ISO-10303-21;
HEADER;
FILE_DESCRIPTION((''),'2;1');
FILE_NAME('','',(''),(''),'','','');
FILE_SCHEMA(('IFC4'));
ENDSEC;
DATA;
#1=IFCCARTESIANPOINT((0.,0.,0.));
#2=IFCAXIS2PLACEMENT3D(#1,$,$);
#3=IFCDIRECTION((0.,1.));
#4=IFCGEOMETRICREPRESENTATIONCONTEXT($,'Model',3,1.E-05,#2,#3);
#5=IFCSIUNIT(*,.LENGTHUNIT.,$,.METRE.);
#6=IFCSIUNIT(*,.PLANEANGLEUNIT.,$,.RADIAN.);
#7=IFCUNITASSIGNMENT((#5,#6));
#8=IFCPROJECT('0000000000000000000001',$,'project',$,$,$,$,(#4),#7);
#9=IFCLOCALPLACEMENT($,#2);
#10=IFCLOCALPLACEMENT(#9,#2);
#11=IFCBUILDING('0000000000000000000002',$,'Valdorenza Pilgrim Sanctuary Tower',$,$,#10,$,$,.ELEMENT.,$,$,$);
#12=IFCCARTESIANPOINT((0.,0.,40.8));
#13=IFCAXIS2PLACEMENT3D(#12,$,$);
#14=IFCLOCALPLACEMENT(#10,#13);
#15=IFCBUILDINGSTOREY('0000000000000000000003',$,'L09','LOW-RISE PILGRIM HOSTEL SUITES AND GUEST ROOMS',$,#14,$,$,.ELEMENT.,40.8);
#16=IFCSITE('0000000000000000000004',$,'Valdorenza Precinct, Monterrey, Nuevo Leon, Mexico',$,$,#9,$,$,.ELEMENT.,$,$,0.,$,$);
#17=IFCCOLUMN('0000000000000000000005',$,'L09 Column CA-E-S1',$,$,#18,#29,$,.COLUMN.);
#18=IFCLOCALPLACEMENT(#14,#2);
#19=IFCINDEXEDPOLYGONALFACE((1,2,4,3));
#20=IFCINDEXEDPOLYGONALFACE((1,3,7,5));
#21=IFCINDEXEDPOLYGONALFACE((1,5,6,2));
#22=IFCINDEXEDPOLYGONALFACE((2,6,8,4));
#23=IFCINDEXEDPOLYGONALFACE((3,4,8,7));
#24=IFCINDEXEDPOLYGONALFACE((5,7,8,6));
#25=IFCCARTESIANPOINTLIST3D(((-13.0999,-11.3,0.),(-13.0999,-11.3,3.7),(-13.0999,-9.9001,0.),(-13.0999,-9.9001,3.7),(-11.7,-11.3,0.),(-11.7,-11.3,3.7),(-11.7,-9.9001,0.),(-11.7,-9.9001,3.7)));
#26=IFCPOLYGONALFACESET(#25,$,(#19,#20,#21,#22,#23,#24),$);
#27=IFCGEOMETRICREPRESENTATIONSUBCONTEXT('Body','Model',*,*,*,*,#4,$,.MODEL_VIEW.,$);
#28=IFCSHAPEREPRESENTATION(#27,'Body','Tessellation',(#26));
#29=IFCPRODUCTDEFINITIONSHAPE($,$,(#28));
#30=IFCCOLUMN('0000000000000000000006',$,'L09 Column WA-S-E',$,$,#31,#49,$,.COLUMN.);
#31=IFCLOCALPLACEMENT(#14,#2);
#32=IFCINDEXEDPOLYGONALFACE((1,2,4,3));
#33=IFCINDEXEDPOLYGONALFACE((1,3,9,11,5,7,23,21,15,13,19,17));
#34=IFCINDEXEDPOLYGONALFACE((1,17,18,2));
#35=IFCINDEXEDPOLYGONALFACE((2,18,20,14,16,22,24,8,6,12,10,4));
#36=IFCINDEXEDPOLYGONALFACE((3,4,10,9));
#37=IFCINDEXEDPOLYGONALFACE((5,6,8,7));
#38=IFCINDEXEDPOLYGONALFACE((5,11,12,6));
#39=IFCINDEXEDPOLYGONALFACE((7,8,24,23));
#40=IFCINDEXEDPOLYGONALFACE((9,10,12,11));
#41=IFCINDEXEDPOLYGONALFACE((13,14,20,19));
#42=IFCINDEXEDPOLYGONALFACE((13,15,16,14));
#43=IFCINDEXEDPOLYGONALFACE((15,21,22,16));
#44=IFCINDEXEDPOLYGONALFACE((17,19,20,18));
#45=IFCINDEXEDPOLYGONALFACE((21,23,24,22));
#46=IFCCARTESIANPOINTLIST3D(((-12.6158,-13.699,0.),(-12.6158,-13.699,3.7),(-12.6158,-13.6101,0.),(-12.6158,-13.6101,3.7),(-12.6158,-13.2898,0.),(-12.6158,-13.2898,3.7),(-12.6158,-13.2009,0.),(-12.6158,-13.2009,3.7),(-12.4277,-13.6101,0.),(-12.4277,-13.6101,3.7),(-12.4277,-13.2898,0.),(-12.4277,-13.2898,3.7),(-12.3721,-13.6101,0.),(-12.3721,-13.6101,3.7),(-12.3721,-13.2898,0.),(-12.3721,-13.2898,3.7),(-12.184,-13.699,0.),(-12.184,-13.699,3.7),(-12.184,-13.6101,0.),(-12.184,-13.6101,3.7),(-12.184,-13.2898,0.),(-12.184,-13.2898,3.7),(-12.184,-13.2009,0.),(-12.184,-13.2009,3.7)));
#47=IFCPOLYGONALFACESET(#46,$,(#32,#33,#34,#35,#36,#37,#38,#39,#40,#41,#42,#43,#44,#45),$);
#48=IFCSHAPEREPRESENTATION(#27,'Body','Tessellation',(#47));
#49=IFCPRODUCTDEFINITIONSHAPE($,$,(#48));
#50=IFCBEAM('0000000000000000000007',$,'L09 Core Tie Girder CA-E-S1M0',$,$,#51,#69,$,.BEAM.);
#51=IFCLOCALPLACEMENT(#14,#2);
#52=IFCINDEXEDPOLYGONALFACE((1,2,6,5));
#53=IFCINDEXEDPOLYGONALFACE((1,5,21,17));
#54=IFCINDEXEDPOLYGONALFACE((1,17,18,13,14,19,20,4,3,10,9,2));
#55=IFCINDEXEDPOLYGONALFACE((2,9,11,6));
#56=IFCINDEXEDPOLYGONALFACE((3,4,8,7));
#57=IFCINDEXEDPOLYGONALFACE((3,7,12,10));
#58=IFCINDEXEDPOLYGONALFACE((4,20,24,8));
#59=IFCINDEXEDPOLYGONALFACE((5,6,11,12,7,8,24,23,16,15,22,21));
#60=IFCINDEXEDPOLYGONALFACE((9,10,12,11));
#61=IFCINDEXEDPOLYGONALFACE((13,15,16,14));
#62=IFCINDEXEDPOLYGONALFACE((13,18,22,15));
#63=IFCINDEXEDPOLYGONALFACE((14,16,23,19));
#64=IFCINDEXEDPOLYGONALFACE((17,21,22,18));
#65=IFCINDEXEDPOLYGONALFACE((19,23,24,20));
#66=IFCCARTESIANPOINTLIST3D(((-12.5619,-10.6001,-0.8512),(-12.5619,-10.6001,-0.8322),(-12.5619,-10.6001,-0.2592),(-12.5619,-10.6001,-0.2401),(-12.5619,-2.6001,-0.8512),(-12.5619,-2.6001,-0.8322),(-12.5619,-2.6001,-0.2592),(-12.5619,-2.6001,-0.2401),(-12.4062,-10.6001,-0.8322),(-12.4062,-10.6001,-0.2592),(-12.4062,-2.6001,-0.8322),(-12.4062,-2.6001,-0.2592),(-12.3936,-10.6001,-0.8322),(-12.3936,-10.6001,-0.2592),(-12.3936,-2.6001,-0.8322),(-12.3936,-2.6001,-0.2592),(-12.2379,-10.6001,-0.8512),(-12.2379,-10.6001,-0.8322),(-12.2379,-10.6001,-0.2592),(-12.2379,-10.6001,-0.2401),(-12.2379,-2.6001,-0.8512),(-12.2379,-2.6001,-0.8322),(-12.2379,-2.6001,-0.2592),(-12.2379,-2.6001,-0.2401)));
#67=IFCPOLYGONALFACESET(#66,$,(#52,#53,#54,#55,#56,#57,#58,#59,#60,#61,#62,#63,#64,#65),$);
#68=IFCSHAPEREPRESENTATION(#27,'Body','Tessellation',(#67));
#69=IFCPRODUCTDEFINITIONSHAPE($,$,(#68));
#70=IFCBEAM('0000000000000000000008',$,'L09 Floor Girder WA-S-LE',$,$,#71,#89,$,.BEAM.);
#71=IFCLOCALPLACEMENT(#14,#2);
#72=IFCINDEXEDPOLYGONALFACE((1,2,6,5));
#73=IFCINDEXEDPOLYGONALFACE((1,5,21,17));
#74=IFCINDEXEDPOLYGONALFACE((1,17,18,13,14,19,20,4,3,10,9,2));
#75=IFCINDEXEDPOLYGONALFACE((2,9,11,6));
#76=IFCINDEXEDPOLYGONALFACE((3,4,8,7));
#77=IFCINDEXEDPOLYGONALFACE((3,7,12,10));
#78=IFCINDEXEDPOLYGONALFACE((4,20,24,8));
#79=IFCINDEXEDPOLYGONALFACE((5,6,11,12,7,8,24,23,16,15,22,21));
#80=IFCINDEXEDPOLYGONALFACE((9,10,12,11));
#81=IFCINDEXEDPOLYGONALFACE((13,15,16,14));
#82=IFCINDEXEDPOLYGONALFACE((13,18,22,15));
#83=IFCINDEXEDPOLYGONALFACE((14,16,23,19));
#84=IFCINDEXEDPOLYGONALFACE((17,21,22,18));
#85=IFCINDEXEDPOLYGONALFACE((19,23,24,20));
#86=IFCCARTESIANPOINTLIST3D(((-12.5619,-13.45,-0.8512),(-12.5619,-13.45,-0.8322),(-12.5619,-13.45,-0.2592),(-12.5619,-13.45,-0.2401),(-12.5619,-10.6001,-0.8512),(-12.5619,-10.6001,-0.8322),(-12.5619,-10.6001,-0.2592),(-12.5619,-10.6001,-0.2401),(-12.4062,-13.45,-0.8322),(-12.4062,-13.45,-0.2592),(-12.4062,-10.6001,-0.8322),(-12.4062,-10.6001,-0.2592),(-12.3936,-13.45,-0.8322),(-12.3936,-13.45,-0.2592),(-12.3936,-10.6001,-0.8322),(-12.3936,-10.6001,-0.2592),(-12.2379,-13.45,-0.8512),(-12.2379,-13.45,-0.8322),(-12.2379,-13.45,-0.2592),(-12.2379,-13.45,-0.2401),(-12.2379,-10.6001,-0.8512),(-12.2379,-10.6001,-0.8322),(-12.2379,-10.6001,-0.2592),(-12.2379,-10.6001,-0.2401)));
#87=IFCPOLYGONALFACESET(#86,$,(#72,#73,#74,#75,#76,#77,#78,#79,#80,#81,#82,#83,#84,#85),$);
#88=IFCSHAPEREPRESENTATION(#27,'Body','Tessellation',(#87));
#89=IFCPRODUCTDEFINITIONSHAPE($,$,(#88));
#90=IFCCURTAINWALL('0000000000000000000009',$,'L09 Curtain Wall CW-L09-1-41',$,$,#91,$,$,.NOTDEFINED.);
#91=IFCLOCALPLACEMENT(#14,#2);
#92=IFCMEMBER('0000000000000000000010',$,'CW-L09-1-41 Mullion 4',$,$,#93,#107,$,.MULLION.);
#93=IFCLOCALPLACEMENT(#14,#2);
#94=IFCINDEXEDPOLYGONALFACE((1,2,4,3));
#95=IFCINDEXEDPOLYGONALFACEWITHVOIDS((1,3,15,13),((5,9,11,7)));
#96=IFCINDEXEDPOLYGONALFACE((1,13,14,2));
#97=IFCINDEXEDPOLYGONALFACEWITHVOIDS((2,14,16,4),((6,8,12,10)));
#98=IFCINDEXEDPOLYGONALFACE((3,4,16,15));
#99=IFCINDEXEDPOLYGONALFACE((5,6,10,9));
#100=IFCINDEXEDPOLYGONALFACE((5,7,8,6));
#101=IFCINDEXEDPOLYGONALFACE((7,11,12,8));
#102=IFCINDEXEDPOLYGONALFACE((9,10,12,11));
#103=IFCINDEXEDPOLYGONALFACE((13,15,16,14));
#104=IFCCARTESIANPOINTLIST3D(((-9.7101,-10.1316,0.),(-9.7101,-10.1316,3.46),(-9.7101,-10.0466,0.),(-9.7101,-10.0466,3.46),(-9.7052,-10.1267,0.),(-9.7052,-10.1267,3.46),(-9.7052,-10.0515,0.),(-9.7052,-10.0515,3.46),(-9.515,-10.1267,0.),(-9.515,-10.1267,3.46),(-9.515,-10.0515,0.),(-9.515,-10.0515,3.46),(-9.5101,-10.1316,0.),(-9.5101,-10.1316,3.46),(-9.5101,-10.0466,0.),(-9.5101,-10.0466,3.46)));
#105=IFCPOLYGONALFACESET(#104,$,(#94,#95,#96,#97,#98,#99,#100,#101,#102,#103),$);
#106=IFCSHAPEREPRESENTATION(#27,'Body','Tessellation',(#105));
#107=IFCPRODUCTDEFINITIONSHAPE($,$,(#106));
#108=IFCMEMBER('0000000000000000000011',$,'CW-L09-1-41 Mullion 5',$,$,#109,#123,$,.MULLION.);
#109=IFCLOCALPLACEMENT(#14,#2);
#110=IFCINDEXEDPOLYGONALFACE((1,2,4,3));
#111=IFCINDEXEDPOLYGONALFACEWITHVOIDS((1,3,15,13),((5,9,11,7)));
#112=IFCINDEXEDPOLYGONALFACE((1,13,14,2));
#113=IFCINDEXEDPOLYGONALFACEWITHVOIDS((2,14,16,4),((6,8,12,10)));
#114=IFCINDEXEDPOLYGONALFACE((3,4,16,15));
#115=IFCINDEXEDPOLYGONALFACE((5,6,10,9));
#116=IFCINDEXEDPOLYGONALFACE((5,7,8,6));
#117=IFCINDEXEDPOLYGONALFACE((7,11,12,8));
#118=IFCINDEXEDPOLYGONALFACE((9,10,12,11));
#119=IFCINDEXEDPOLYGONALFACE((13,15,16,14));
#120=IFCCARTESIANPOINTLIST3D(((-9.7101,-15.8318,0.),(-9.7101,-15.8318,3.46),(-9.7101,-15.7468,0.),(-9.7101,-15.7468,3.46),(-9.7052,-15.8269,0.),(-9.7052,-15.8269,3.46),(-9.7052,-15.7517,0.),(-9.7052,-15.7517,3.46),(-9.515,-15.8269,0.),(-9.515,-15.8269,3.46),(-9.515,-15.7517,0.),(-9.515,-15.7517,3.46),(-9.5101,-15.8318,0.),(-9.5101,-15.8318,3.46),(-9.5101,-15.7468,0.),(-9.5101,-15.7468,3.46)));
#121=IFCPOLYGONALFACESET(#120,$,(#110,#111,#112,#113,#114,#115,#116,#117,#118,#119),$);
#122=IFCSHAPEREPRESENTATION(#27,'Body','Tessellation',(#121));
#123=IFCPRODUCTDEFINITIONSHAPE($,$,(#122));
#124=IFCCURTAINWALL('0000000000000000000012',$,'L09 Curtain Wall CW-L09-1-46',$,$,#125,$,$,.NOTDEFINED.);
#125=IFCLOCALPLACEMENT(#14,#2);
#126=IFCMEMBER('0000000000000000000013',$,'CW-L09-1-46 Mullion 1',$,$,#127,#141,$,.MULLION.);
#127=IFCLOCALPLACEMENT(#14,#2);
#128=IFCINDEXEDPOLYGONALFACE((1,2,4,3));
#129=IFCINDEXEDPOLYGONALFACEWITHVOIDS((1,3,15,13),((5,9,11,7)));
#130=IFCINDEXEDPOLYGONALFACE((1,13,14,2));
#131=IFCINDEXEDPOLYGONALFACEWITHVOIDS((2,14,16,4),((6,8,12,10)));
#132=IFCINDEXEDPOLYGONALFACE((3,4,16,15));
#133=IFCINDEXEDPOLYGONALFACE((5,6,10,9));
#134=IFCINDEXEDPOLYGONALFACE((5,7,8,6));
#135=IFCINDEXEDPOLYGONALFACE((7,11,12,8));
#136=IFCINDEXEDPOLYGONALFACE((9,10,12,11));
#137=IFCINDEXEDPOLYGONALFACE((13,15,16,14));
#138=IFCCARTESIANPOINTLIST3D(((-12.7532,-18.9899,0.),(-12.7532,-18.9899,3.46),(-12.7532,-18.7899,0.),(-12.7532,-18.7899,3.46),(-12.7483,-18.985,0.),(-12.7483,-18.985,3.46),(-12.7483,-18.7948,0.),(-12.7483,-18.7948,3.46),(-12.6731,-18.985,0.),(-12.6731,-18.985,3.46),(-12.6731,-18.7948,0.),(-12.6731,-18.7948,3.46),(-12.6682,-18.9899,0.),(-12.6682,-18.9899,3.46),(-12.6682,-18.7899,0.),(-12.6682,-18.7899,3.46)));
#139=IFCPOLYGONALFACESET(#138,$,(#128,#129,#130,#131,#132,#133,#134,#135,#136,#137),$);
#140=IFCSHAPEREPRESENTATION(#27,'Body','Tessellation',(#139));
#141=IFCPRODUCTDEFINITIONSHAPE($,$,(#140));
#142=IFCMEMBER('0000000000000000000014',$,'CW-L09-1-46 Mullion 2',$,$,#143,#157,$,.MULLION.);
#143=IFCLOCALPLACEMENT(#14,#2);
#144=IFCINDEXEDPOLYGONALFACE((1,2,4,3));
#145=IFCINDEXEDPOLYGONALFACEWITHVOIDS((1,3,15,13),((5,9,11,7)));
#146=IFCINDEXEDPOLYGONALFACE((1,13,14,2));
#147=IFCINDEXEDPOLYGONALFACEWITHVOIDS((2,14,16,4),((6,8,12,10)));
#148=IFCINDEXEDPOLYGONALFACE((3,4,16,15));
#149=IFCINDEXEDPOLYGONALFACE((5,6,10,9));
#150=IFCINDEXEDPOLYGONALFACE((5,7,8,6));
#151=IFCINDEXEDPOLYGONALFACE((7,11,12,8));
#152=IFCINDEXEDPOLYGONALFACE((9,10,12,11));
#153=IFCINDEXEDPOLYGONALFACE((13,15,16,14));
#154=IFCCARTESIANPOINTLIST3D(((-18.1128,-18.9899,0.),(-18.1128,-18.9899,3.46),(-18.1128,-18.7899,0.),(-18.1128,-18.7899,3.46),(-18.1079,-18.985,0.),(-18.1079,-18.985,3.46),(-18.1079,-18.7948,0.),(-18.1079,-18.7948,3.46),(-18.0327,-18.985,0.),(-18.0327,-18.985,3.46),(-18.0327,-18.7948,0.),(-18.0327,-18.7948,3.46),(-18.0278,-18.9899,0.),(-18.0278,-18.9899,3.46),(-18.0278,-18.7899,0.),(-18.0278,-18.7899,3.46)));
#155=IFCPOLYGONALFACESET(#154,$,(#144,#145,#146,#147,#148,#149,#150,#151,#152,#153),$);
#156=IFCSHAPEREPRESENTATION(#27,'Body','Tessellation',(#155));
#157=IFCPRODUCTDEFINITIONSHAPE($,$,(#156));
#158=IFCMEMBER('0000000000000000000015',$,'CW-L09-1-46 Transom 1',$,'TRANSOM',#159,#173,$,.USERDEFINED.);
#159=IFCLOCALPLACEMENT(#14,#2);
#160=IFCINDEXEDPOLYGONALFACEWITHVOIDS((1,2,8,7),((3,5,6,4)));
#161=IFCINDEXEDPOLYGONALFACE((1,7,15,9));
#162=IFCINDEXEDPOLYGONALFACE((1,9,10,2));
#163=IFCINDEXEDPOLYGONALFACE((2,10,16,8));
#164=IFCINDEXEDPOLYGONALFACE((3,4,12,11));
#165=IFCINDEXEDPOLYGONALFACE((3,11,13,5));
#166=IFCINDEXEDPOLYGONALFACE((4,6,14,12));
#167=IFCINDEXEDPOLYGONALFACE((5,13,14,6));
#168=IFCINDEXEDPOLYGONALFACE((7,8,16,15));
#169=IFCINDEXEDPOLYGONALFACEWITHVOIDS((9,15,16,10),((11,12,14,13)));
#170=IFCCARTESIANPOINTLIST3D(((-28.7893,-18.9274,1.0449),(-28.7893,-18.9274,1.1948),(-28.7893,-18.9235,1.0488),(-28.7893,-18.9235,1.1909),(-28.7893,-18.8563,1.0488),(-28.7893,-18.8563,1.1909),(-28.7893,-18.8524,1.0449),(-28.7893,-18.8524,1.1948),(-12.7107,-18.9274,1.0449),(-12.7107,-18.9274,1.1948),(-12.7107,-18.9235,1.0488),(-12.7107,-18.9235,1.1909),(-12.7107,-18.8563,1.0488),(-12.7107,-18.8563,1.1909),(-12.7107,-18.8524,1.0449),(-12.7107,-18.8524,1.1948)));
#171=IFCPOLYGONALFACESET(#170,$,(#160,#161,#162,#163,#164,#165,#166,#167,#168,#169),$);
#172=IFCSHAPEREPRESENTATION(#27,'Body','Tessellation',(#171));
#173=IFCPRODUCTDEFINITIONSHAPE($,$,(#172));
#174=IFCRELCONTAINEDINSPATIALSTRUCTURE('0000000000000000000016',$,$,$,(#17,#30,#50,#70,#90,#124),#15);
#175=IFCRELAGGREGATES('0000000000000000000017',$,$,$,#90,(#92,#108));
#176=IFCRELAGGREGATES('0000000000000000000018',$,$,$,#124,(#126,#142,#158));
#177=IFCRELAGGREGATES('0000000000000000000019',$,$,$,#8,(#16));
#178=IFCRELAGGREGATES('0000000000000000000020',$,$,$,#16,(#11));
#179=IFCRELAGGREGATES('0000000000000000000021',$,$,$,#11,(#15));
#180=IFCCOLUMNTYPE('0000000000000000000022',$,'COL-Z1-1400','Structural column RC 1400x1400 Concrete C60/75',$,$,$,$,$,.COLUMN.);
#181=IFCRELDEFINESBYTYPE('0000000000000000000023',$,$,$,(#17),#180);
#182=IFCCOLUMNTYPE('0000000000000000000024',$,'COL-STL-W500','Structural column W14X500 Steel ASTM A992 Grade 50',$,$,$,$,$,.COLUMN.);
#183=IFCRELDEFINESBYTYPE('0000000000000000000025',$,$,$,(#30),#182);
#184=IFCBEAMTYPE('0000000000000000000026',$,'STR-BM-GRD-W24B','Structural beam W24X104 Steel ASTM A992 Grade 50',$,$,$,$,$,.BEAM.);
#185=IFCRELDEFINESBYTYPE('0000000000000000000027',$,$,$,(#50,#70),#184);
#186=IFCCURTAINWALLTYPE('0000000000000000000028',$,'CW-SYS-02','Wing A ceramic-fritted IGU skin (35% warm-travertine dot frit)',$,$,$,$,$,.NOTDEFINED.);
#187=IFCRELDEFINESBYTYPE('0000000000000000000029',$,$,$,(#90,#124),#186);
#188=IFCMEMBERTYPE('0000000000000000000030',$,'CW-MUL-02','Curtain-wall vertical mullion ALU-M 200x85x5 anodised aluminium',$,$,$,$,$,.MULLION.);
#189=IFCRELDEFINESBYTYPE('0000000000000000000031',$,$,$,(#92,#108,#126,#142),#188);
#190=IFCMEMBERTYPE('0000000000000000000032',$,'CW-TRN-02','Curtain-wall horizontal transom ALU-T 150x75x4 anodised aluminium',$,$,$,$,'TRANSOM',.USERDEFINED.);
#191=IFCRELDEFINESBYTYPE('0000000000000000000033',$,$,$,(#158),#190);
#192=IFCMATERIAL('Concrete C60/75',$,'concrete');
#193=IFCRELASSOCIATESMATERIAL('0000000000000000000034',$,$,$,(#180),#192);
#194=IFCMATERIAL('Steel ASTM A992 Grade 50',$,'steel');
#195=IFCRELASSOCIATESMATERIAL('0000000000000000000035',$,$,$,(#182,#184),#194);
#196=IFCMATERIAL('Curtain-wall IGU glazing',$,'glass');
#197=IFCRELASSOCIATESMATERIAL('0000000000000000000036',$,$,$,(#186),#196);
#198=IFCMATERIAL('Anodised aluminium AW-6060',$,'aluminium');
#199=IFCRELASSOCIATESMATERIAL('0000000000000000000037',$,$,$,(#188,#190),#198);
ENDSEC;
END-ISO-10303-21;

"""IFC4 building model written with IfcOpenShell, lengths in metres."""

from ifc_helpers import new_model, si_unit, direction, frame, origin, origin_2d, place, context, subcontext, project, spatial, rectangle, hollow_rectangle, i_section, extrude, source, transform, mapped, material, material_profile, profile_set, type_object, element, aggregate, save


model = new_model("IFC4")

# Units and contexts
model_context = context("Model", 3, precision=1e-05, world=origin(), true_north=direction((0.0, 1.0)))
body_context = subcontext(model_context, "Body", "Model", "MODEL_VIEW")
ifc_project = project(units=[si_unit("LENGTHUNIT", "METRE"), si_unit("PLANEANGLEUNIT", "RADIAN")], contexts=[model_context])

# Site, building, storey
site_placement = place(None, origin())
site = spatial("IfcSite", under=ifc_project, at=site_placement, Name="Valdorenza Precinct, Monterrey, Nuevo Leon, Mexico", CompositionType="ELEMENT", RefElevation=0.0)
building_placement = place(site_placement, origin())
building = spatial("IfcBuilding", under=site, at=building_placement, Name="Valdorenza Pilgrim Sanctuary Tower", CompositionType="ELEMENT")
storey_placement = place(building_placement, frame((0.0, 0.0, 40.8)))
storey = spatial("IfcBuildingStorey", under=building, at=storey_placement, Name="L09", Description="LOW-RISE PILGRIM HOSTEL SUITES AND GUEST ROOMS", CompositionType="ELEMENT", Elevation=40.8)

# Columns
ifc_material_1 = material(Name="Concrete C60/75", Category="concrete")
ifc_material_profile_1 = material_profile(ifc_material_1, rectangle(XDim=1.3999, YDim=1.3999, at=origin_2d()), Name="RC 1400x1400")
ifc_profile_set_1 = profile_set([ifc_material_profile_1], Name="Concrete C60/75")
column_type_1 = type_object("IfcColumnType", Name="COL-Z1-1400", Description="Structural column RC 1400x1400 Concrete C60/75", PredefinedType="COLUMN", material=ifc_profile_set_1)
shared_shape_1 = source(origin(), body_context, "Body", "SweptSolid", [
    extrude(rectangle(XDim=1.3999, YDim=1.3999, at=origin_2d()), origin(), (0.0, 0.0, 1.0), 3.7),
])
column_1_placement = place(storey_placement, frame((-12.3999, -10.6001, 0.0), z_axis=(0.0, 0.0, 1.0), x_axis=(1.0, 0.0, 0.0)))
element("IfcColumn", 1, at=column_1_placement, inside=storey, type_object=column_type_1, Name="L09 Column CA-E-S1", PredefinedType="COLUMN", context=body_context, shape_type="MappedRepresentation", body=[
    mapped(shared_shape_1, transform((0.0, 0.0, 0.0), x_axis=(1.0, 0.0, 0.0), y_axis=(0.0, 1.0, 0.0), z_axis=(0.0, 0.0, 1.0), scale=1.0)),
])
ifc_material_2 = material(Name="Steel ASTM A992 Grade 50", Category="steel")
ifc_material_profile_2 = material_profile(ifc_material_2, i_section(OverallWidth=0.4319, OverallDepth=0.498, WebThickness=0.0557, FlangeThickness=0.0889, at=origin_2d()), Name="W14X500")
ifc_profile_set_2 = profile_set([ifc_material_profile_2], Name="Steel ASTM A992 Grade 50")
column_type_2 = type_object("IfcColumnType", Name="COL-STL-W500", Description="Structural column W14X500 Steel ASTM A992 Grade 50", PredefinedType="COLUMN", material=ifc_profile_set_2)
shared_shape_2 = source(origin(), body_context, "Body", "SweptSolid", [
    extrude(i_section(OverallWidth=0.4319, OverallDepth=0.498, WebThickness=0.0557, FlangeThickness=0.0889, at=origin_2d()), origin(), (0.0, 0.0, 1.0), 3.7),
])
column_2_placement = place(storey_placement, frame((-12.3999, -13.45, 0.0), z_axis=(0.0, 0.0, 1.0), x_axis=(1.0, 0.0, 0.0)))
element("IfcColumn", 2, at=column_2_placement, inside=storey, type_object=column_type_2, Name="L09 Column WA-S-E", PredefinedType="COLUMN", context=body_context, shape_type="MappedRepresentation", body=[
    mapped(shared_shape_2, transform((0.0, 0.0, 0.0), x_axis=(1.0, 0.0, 0.0), y_axis=(0.0, 1.0, 0.0), z_axis=(0.0, 0.0, 1.0), scale=1.0)),
])

# Beams
ifc_material_profile_3 = material_profile(ifc_material_2, i_section(OverallWidth=0.324, OverallDepth=0.6111, WebThickness=0.0127, FlangeThickness=0.019, at=origin_2d()), Name="W24X104")
ifc_profile_set_3 = profile_set([ifc_material_profile_3], Name="Steel ASTM A992 Grade 50")
beam_type = type_object("IfcBeamType", Name="STR-BM-GRD-W24B", Description="Structural beam W24X104 Steel ASTM A992 Grade 50", PredefinedType="BEAM", material=ifc_profile_set_3)
shared_shape_3 = source(origin(), body_context, "Body", "SweptSolid", [
    extrude(i_section(OverallWidth=0.324, OverallDepth=0.6111, WebThickness=0.0127, FlangeThickness=0.019, at=origin_2d()), origin(), (0.0, 0.0, 1.0), 8.0),
])
beam_1_placement = place(storey_placement, frame((-12.3999, -10.6001, -0.5457), z_axis=(0.0, 1.0, 0.0), x_axis=(-1.0, 0.0, 0.0)))
element("IfcBeam", 3, at=beam_1_placement, inside=storey, type_object=beam_type, Name="L09 Core Tie Girder CA-E-S1M0", PredefinedType="BEAM", context=body_context, shape_type="MappedRepresentation", body=[
    mapped(shared_shape_3, transform((0.0, 0.0, 0.0), x_axis=(1.0, 0.0, 0.0), y_axis=(0.0, 1.0, 0.0), z_axis=(0.0, 0.0, 1.0), scale=1.0)),
])
shared_shape_4 = source(origin(), body_context, "Body", "SweptSolid", [
    extrude(i_section(OverallWidth=0.324, OverallDepth=0.6111, WebThickness=0.0127, FlangeThickness=0.019, at=origin_2d()), origin(), (0.0, 0.0, 1.0), 2.8499),
])
beam_2_placement = place(storey_placement, frame((-12.3999, -13.45, -0.5457), z_axis=(0.0, 1.0, 0.0), x_axis=(-1.0, 0.0, 0.0)))
element("IfcBeam", 4, at=beam_2_placement, inside=storey, type_object=beam_type, Name="L09 Floor Girder WA-S-LE", PredefinedType="BEAM", context=body_context, shape_type="MappedRepresentation", body=[
    mapped(shared_shape_4, transform((0.0, 0.0, 0.0), x_axis=(1.0, 0.0, 0.0), y_axis=(0.0, 1.0, 0.0), z_axis=(0.0, 0.0, 1.0), scale=1.0)),
])

# Curtain walls, members
ifc_material_3 = material(Name="Curtain-wall IGU glazing", Category="glass")
curtain_wall_type = type_object("IfcCurtainWallType", Name="CW-SYS-02", Description="Wing A ceramic-fritted IGU skin (35% warm-travertine dot frit)", PredefinedType="NOTDEFINED", material=ifc_material_3)
curtain_wall_1_placement = place(storey_placement, origin())
curtain_wall_1 = element("IfcCurtainWall", 5, at=curtain_wall_1_placement, inside=storey, type_object=curtain_wall_type, Name="L09 Curtain Wall CW-L09-1-41", PredefinedType="NOTDEFINED")
ifc_material_4 = material(Name="Anodised aluminium AW-6060", Category="aluminium")
ifc_material_profile_4 = material_profile(ifc_material_4, hollow_rectangle(XDim=0.085, YDim=0.2, WallThickness=0.0049, at=origin_2d()), Name="ALU-M 200x85x5")
ifc_profile_set_4 = profile_set([ifc_material_profile_4], Name="Anodised aluminium AW-6060")
member_type_1 = type_object("IfcMemberType", Name="CW-MUL-02", Description="Curtain-wall vertical mullion ALU-M 200x85x5 anodised aluminium", PredefinedType="MULLION", material=ifc_profile_set_4)
shared_shape_5 = source(origin(), body_context, "Body", "SweptSolid", [
    extrude(hollow_rectangle(XDim=0.085, YDim=0.2, WallThickness=0.0049, at=origin_2d()), origin(), (0.0, 0.0, 1.0), 3.46),
])
member_1_placement = place(storey_placement, frame((-9.6101, -10.0891, 0.0), z_axis=(0.0, 0.0, 1.0), x_axis=(0.0, -1.0, 0.0)))
member_1 = element("IfcMember", 6, at=member_1_placement, type_object=member_type_1, Name="CW-L09-1-41 Mullion 4", PredefinedType="MULLION", context=body_context, shape_type="MappedRepresentation", body=[
    mapped(shared_shape_5, transform((0.0, 0.0, 0.0), x_axis=(1.0, 0.0, 0.0), y_axis=(0.0, 1.0, 0.0), z_axis=(0.0, 0.0, 1.0), scale=1.0)),
])
member_2_placement = place(storey_placement, frame((-9.6101, -15.7893, 0.0), z_axis=(0.0, 0.0, 1.0), x_axis=(0.0, -1.0, 0.0)))
member_2 = element("IfcMember", 7, at=member_2_placement, type_object=member_type_1, Name="CW-L09-1-41 Mullion 5", PredefinedType="MULLION", context=body_context, shape_type="MappedRepresentation", body=[
    mapped(shared_shape_5, transform((0.0, 0.0, 0.0), x_axis=(1.0, 0.0, 0.0), y_axis=(0.0, 1.0, 0.0), z_axis=(0.0, 0.0, 1.0), scale=1.0)),
])
curtain_wall_2_placement = place(storey_placement, origin())
curtain_wall_2 = element("IfcCurtainWall", 8, at=curtain_wall_2_placement, inside=storey, type_object=curtain_wall_type, Name="L09 Curtain Wall CW-L09-1-46", PredefinedType="NOTDEFINED")
member_3_placement = place(storey_placement, frame((-12.7107, -18.8899, 0.0), z_axis=(0.0, 0.0, 1.0), x_axis=(-1.0, 0.0, 0.0)))
member_3 = element("IfcMember", 9, at=member_3_placement, type_object=member_type_1, Name="CW-L09-1-46 Mullion 1", PredefinedType="MULLION", context=body_context, shape_type="MappedRepresentation", body=[
    mapped(shared_shape_5, transform((0.0, 0.0, 0.0), x_axis=(1.0, 0.0, 0.0), y_axis=(0.0, 1.0, 0.0), z_axis=(0.0, 0.0, 1.0), scale=1.0)),
])
member_4_placement = place(storey_placement, frame((-18.0703, -18.8899, 0.0), z_axis=(0.0, 0.0, 1.0), x_axis=(-1.0, 0.0, 0.0)))
member_4 = element("IfcMember", 10, at=member_4_placement, type_object=member_type_1, Name="CW-L09-1-46 Mullion 2", PredefinedType="MULLION", context=body_context, shape_type="MappedRepresentation", body=[
    mapped(shared_shape_5, transform((0.0, 0.0, 0.0), x_axis=(1.0, 0.0, 0.0), y_axis=(0.0, 1.0, 0.0), z_axis=(0.0, 0.0, 1.0), scale=1.0)),
])
ifc_material_profile_5 = material_profile(ifc_material_4, hollow_rectangle(XDim=0.075, YDim=0.1499, WallThickness=0.0039, at=origin_2d()), Name="ALU-T 150x75x4")
ifc_profile_set_5 = profile_set([ifc_material_profile_5], Name="Anodised aluminium AW-6060")
member_type_2 = type_object("IfcMemberType", Name="CW-TRN-02", Description="Curtain-wall horizontal transom ALU-T 150x75x4 anodised aluminium", ElementType="TRANSOM", PredefinedType="USERDEFINED", material=ifc_profile_set_5)
shared_shape_6 = source(origin(), body_context, "Body", "SweptSolid", [
    extrude(hollow_rectangle(XDim=0.075, YDim=0.1499, WallThickness=0.0039, at=origin_2d()), origin(), (0.0, 0.0, 1.0), 16.0786),
])
member_5_placement = place(storey_placement, frame((-12.7107, -18.8899, 1.1199), z_axis=(-1.0, 0.0, 0.0), x_axis=(0.0, -1.0, 0.0)))
member_5 = element("IfcMember", 11, at=member_5_placement, type_object=member_type_2, Name="CW-L09-1-46 Transom 1", ObjectType="TRANSOM", PredefinedType="USERDEFINED", context=body_context, shape_type="MappedRepresentation", body=[
    mapped(shared_shape_6, transform((0.0, 0.0, 0.0), x_axis=(1.0, 0.0, 0.0), y_axis=(0.0, 1.0, 0.0), z_axis=(0.0, 0.0, 1.0), scale=1.0)),
])

aggregate(curtain_wall_1, [member_1, member_2])
aggregate(curtain_wall_2, [member_3, member_4, member_5])

save(model, "model.ifc")
